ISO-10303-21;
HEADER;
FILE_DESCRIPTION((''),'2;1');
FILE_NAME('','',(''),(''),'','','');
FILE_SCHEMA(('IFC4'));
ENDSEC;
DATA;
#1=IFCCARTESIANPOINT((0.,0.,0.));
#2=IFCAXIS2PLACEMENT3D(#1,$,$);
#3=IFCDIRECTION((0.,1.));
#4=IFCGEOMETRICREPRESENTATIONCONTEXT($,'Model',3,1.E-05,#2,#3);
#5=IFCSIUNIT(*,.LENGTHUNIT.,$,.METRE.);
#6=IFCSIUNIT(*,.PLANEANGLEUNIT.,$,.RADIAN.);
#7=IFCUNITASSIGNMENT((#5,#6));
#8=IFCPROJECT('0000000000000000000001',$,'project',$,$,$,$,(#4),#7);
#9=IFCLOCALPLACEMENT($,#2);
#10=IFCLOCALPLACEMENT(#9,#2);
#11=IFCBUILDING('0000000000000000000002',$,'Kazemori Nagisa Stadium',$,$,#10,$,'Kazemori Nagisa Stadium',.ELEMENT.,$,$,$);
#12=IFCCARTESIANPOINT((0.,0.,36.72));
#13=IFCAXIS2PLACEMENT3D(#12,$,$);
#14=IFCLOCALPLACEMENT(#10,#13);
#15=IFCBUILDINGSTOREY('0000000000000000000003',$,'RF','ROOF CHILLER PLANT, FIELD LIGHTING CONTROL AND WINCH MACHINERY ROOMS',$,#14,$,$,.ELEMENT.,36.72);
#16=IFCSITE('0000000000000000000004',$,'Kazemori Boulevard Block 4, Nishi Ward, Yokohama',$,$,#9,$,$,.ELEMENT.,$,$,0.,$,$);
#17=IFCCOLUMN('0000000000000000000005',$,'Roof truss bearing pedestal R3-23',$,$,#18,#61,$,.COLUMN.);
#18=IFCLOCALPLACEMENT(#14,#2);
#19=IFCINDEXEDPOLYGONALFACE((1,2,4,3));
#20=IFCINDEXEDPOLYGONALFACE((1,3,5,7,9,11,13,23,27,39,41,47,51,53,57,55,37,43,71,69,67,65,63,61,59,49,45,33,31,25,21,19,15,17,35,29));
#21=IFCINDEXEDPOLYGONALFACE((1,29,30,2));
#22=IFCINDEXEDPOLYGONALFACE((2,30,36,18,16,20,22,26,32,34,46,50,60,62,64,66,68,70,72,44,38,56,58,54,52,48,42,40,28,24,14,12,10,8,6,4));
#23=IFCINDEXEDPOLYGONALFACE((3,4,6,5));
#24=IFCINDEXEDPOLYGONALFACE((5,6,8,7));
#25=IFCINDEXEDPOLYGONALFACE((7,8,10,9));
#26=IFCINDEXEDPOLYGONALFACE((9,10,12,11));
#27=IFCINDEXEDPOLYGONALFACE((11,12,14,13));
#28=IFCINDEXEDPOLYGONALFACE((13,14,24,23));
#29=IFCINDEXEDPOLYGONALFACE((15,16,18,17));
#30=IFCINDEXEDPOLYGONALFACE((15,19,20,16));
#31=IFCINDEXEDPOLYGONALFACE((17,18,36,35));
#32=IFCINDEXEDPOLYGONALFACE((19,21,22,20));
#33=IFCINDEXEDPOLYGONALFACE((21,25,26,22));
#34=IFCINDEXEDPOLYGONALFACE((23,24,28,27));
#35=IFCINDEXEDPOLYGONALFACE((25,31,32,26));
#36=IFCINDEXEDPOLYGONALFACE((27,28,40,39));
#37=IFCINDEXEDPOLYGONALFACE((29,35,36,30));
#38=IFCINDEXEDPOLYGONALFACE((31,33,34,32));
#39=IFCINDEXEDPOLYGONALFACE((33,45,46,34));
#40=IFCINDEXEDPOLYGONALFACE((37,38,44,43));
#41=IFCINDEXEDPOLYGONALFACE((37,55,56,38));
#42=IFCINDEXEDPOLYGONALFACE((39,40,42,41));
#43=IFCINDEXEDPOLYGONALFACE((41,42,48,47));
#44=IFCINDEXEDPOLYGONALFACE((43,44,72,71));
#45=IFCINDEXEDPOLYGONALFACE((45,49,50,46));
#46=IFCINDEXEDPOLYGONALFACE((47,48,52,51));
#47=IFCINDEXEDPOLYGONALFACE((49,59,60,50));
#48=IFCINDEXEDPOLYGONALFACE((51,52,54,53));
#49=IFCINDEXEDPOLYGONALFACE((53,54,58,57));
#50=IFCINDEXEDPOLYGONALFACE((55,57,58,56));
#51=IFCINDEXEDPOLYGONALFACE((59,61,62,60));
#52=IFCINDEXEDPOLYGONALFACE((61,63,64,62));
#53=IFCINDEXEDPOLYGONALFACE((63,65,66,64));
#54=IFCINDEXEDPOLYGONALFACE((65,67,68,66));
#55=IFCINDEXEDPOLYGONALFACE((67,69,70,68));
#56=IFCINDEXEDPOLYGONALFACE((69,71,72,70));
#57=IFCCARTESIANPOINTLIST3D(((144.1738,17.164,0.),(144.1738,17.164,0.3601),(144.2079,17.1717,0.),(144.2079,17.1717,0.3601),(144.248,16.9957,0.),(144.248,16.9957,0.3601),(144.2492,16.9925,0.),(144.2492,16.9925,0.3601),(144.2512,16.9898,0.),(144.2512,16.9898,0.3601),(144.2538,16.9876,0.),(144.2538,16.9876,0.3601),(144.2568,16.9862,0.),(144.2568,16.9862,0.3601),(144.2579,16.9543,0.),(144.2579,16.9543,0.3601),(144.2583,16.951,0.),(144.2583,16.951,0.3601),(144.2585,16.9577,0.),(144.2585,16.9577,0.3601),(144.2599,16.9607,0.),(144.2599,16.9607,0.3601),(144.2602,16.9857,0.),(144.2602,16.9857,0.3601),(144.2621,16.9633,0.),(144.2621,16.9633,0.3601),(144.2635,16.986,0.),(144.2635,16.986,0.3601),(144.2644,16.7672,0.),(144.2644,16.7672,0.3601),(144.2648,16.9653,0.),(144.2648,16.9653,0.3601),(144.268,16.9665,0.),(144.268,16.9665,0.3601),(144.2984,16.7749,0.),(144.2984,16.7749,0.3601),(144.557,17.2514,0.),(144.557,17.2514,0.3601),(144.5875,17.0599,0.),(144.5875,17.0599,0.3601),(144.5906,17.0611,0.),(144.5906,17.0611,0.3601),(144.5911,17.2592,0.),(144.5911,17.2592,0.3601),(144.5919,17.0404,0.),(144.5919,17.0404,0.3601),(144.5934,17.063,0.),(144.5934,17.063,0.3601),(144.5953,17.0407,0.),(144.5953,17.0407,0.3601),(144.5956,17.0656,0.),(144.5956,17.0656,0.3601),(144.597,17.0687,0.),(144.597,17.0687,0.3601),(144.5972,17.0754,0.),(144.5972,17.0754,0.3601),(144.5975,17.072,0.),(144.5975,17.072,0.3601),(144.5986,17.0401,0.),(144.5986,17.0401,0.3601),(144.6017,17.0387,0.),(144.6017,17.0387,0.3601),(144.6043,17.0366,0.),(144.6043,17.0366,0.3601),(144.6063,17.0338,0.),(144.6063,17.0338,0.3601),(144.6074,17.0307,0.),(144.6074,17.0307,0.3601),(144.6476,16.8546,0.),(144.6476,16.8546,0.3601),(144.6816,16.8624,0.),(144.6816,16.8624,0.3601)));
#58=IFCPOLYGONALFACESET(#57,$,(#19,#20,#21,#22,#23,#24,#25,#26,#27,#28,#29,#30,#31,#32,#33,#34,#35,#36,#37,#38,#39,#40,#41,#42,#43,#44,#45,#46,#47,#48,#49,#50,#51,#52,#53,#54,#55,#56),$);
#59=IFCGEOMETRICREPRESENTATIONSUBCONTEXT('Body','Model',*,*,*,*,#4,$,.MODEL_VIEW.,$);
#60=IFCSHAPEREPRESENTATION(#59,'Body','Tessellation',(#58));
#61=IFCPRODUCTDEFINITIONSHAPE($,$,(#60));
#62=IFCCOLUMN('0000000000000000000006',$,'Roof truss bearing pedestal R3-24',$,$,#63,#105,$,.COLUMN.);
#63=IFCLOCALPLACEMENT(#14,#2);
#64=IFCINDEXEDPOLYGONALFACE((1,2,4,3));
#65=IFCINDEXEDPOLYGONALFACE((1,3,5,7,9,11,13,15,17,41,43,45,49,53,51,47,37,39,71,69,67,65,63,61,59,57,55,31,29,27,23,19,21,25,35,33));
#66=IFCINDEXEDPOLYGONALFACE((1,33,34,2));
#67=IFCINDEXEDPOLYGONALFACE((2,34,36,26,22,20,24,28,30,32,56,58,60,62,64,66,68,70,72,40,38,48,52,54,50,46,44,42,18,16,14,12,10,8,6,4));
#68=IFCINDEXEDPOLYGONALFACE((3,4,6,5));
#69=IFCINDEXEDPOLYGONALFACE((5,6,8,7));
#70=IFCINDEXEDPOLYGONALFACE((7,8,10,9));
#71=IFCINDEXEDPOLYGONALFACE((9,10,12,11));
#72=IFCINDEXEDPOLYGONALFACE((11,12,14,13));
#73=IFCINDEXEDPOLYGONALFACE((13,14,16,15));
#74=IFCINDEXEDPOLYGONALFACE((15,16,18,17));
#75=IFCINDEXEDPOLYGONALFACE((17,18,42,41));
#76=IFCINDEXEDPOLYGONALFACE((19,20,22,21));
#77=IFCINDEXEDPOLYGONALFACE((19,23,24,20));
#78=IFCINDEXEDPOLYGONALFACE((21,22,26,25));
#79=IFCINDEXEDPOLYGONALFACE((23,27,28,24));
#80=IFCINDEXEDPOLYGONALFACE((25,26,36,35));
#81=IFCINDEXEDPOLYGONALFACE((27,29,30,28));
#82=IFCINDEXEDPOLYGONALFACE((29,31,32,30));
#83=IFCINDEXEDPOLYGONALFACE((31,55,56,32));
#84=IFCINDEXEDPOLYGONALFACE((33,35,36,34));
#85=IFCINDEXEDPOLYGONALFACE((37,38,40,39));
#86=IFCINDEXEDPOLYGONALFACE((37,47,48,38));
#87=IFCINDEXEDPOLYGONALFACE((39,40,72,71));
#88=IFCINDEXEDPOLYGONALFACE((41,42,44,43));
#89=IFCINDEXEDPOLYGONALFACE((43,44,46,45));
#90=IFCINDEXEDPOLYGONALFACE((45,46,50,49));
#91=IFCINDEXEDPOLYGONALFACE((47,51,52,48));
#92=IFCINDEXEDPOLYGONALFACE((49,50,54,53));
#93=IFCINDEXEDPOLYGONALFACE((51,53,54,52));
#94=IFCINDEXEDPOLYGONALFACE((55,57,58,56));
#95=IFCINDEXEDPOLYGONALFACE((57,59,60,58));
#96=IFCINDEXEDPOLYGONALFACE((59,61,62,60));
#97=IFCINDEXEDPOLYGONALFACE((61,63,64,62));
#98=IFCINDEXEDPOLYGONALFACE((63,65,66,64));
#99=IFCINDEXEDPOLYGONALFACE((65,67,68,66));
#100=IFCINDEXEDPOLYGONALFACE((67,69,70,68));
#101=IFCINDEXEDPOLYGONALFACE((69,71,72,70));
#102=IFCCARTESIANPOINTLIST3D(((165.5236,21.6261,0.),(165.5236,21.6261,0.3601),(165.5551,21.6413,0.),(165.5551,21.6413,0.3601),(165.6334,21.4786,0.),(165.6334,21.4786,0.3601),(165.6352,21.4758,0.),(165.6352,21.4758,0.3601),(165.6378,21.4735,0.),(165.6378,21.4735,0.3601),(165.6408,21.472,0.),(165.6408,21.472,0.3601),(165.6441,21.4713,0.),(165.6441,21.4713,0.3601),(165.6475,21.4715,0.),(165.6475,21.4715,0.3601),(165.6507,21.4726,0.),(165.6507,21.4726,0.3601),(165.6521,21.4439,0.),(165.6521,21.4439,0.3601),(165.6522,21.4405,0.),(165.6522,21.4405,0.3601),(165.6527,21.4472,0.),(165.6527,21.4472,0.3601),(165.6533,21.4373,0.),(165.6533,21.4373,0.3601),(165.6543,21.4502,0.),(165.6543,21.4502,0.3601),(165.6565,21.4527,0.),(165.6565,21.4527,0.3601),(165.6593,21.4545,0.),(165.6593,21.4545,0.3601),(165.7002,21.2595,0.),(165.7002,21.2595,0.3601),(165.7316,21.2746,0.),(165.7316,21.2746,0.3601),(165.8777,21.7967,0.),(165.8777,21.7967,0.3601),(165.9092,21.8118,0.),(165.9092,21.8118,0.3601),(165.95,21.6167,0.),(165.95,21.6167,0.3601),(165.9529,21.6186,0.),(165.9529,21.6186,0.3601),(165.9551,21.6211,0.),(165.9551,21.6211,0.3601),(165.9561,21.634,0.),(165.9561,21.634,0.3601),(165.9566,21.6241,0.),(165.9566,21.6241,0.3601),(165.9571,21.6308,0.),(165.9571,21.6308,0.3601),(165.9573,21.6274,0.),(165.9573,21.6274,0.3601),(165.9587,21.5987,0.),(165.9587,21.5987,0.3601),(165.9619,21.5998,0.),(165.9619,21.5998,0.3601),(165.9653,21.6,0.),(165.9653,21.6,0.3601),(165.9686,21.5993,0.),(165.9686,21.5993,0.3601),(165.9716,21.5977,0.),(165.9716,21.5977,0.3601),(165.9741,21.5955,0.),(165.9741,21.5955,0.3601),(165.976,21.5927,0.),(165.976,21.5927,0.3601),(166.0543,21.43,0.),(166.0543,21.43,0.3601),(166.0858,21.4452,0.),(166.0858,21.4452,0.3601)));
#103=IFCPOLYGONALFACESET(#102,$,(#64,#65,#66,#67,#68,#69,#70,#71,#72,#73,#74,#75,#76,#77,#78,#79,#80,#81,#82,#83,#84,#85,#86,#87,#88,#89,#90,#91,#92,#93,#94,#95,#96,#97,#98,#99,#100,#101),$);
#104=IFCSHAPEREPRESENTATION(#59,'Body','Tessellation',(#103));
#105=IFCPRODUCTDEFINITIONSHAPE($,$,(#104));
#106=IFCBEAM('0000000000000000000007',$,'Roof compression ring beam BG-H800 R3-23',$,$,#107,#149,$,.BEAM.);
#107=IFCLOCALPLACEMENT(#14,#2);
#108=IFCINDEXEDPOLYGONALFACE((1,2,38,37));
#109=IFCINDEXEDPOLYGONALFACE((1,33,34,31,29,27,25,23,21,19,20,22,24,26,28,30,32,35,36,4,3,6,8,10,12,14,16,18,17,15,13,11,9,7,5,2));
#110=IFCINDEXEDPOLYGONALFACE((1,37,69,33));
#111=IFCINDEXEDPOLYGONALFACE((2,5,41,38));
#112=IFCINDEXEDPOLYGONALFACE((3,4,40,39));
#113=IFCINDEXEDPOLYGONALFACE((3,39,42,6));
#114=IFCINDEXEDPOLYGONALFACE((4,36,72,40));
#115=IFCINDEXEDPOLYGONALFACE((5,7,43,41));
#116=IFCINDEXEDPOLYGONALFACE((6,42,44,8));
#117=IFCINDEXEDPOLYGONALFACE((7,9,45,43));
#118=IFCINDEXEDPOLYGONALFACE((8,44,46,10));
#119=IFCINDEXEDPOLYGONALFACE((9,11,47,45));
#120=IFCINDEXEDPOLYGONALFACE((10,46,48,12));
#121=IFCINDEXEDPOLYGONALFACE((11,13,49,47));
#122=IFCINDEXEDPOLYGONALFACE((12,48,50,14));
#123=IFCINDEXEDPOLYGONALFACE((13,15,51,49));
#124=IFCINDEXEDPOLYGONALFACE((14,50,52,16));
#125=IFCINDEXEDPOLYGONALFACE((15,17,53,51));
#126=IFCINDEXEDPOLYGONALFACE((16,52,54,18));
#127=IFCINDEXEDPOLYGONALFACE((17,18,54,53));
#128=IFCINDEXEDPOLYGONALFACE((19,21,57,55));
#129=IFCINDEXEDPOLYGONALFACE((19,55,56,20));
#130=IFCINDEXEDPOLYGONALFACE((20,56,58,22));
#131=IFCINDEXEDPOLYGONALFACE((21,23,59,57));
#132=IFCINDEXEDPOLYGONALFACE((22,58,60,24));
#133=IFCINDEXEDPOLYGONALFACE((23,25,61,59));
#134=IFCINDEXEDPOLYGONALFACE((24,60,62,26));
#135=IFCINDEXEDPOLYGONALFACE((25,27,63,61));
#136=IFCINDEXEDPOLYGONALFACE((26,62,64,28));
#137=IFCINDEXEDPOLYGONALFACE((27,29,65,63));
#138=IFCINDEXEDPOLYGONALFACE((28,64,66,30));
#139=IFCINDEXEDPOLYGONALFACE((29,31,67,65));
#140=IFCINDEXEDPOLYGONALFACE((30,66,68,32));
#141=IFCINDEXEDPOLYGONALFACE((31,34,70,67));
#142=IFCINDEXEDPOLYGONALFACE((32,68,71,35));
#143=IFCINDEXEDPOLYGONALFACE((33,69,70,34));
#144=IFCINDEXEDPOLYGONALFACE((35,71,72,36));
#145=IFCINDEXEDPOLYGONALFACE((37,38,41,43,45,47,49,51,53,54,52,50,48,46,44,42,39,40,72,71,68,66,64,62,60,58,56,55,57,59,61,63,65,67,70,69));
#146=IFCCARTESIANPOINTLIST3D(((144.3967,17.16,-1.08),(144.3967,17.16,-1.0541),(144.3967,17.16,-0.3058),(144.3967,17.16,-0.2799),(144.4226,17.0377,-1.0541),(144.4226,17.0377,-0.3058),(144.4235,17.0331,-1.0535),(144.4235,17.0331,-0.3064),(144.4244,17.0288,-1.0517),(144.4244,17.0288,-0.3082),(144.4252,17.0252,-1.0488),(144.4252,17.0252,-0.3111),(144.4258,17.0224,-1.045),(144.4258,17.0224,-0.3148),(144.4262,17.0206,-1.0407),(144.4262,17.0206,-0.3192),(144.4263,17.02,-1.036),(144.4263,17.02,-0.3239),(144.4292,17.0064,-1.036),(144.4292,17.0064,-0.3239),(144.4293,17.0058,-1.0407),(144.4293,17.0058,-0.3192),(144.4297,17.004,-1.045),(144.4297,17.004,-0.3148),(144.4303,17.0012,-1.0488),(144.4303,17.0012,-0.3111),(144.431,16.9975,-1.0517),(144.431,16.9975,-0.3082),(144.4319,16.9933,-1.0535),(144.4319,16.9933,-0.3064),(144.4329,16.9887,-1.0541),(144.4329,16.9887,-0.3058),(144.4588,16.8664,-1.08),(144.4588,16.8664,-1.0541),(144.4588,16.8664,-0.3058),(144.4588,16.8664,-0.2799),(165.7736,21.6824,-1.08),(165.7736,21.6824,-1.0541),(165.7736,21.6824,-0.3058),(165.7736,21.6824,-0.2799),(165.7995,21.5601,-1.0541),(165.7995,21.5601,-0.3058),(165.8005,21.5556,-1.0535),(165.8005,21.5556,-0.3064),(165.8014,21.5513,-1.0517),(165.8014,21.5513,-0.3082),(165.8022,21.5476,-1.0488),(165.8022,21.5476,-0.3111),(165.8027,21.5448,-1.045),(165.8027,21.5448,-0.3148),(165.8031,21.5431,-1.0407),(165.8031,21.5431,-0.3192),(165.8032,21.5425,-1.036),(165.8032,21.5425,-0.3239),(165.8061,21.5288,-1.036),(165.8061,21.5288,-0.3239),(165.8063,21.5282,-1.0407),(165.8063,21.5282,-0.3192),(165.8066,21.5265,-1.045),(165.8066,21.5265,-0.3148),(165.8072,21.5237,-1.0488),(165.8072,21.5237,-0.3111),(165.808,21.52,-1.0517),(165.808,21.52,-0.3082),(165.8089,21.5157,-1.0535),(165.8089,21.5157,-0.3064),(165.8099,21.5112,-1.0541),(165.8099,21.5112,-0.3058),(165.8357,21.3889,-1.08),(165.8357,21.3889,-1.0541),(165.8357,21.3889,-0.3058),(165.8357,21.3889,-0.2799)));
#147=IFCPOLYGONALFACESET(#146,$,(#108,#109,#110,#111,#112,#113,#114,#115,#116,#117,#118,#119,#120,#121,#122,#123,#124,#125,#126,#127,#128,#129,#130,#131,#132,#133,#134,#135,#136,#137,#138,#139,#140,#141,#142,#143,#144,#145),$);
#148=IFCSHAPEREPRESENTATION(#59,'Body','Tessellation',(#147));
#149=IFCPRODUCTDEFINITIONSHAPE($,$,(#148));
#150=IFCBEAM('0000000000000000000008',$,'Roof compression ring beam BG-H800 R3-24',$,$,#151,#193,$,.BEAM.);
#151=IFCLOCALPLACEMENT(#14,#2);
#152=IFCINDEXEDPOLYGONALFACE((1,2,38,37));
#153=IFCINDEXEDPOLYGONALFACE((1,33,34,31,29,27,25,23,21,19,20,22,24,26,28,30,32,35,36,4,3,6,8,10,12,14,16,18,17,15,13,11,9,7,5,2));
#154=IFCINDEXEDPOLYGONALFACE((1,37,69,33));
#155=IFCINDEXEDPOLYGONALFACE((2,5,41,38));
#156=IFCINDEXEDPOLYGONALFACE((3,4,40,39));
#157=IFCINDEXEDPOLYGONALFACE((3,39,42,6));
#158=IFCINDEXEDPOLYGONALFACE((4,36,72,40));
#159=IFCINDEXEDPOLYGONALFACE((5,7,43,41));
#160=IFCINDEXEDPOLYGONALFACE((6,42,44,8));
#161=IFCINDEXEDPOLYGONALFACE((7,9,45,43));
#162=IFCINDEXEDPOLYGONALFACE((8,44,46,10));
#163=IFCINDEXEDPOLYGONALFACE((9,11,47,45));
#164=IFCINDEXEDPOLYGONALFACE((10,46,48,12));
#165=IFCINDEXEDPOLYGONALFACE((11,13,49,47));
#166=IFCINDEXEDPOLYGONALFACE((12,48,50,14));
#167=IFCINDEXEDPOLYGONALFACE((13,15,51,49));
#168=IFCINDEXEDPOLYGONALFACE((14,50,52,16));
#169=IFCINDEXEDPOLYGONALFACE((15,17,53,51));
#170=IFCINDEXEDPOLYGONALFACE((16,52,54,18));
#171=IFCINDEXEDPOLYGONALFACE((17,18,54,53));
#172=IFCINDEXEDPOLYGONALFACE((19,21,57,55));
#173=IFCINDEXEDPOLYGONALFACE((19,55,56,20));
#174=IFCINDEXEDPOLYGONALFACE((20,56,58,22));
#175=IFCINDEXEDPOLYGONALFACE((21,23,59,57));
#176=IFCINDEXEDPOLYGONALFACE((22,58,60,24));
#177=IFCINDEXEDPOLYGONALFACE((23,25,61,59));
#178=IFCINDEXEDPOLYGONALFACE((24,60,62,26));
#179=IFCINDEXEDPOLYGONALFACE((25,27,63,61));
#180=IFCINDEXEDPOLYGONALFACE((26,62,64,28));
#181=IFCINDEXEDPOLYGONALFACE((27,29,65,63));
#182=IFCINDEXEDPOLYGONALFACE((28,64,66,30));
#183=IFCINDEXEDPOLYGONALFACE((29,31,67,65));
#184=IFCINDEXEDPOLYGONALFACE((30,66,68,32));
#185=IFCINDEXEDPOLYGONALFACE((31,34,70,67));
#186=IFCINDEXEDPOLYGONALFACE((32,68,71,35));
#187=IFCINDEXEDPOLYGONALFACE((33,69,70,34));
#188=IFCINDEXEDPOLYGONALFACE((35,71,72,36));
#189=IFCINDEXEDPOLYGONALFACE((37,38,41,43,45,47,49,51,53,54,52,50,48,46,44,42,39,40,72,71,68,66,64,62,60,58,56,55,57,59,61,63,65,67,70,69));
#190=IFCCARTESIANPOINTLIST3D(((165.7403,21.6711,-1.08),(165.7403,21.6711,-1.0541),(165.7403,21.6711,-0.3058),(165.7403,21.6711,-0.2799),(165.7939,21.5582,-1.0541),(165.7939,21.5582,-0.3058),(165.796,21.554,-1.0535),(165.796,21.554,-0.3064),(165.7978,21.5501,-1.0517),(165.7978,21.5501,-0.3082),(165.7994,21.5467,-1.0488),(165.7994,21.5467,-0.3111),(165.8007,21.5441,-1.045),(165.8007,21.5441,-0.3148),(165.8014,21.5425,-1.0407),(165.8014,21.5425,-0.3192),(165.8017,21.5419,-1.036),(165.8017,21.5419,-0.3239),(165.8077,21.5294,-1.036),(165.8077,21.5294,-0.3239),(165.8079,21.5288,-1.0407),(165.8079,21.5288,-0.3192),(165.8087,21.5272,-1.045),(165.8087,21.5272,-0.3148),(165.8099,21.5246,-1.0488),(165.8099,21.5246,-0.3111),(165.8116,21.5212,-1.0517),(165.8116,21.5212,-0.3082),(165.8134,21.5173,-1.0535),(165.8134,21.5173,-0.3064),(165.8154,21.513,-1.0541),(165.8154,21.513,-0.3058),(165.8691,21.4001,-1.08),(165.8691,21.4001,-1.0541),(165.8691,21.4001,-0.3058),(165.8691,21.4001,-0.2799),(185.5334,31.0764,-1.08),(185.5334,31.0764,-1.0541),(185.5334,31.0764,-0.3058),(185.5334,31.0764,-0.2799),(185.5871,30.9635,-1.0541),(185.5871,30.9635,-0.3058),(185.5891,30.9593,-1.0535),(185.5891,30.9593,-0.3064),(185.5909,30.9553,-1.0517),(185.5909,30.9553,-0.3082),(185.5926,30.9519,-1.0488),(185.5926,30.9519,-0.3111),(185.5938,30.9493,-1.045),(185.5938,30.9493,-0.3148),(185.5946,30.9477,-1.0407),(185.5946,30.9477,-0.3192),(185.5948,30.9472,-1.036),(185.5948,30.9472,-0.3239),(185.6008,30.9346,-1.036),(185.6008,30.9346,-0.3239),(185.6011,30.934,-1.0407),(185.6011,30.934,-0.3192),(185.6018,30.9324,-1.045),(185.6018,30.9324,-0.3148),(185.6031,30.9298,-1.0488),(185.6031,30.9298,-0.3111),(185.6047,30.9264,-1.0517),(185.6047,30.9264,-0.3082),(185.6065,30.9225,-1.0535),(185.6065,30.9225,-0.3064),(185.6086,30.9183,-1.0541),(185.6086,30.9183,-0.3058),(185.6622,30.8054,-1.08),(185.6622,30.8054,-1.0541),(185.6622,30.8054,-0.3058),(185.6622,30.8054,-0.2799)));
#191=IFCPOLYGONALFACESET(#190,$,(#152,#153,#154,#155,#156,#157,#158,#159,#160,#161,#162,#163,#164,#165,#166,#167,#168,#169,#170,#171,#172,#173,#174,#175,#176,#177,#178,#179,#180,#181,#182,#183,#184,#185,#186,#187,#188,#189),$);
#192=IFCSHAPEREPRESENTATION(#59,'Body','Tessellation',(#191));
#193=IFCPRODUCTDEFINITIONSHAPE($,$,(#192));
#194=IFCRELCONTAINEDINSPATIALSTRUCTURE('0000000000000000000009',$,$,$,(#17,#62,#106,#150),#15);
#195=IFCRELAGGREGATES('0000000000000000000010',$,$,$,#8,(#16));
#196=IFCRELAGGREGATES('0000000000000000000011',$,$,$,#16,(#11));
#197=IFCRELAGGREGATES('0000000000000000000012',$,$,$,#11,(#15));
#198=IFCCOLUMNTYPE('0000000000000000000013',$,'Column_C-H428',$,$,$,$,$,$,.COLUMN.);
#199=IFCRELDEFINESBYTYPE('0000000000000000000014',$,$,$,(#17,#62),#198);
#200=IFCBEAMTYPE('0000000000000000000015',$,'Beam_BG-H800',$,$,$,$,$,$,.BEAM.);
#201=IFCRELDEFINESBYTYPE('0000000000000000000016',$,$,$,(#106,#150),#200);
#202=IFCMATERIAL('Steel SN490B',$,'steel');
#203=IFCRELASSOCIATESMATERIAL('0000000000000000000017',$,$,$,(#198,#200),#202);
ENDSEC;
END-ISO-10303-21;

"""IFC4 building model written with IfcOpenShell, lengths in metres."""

from ifc_helpers import new_model, si_unit, direction, frame, origin, origin_2d, place, context, subcontext, project, spatial, i_section, extrude, material, material_profile, profile_set, type_object, element, save


model = new_model("IFC4")

# Units and contexts
model_context = context("Model", 3, precision=1e-05, world=origin(), true_north=direction((0.0, 1.0)))
body_context = subcontext(model_context, "Body", "Model", "MODEL_VIEW")
ifc_project = project(units=[si_unit("LENGTHUNIT", "METRE"), si_unit("PLANEANGLEUNIT", "RADIAN")], contexts=[model_context])

# Site, building, storey
site_placement = place(None, origin())
site = spatial("IfcSite", under=ifc_project, at=site_placement, Name="Kazemori Boulevard Block 4, Nishi Ward, Yokohama", CompositionType="ELEMENT", RefElevation=0.0)
building_placement = place(site_placement, origin())
building = spatial("IfcBuilding", under=site, at=building_placement, Name="Kazemori Nagisa Stadium", LongName="Kazemori Nagisa Stadium", CompositionType="ELEMENT")
storey_placement = place(building_placement, frame((0.0, 0.0, 36.72)))
storey = spatial("IfcBuildingStorey", under=building, at=storey_placement, Name="RF", Description="ROOF CHILLER PLANT, FIELD LIGHTING CONTROL AND WINCH MACHINERY ROOMS", CompositionType="ELEMENT", Elevation=36.72)

# Columns
ifc_material_1 = material(Name="Steel SN490B", Category="steel")
ifc_material_profile_1 = material_profile(ifc_material_1, i_section(OverallWidth=0.407, OverallDepth=0.428, WebThickness=0.02, FlangeThickness=0.0349, FilletRadius=0.0129, at=origin_2d()), Name="H-428x407x20x35")
ifc_profile_set_1 = profile_set([ifc_material_profile_1], Name="Steel SN490B")
column_type = type_object("IfcColumnType", Name="Column_C-H428", PredefinedType="COLUMN", material=ifc_profile_set_1)
for number, where, z_axis, x_axis, name in (
    (1, (144.4277, 17.0132, 0.0), (0.0, 0.0, 1.0), (0.222521, -0.974928, 0.0), "Roof truss bearing pedestal R3-23"),
    (2, (165.8047, 21.5356, 0.0), (0.0, 0.0, 1.0), (0.433884, -0.900969, 0.0), "Roof truss bearing pedestal R3-24"),
):
    element("IfcColumn", number, at=place(storey_placement, frame(where, z_axis=z_axis, x_axis=x_axis)), inside=storey, type_object=column_type, Name=name, PredefinedType="COLUMN", context=body_context, shape_type="SweptSolid", body=[
        extrude(i_section(OverallWidth=0.407, OverallDepth=0.428, WebThickness=0.02, FlangeThickness=0.0349, FilletRadius=0.0129, at=origin_2d()), origin(), (0.0, 0.0, 1.0), 0.3601),
    ])

# Beams
ifc_material_profile_2 = material_profile(ifc_material_1, i_section(OverallWidth=0.3, OverallDepth=0.8, WebThickness=0.0139, FlangeThickness=0.0259, FilletRadius=0.0181, at=origin_2d()), Name="H-800x300x14x26")
ifc_profile_set_2 = profile_set([ifc_material_profile_2], Name="Steel SN490B")
beam_type_1 = type_object("IfcBeamType", Name="Beam_BG-H800", PredefinedType="BEAM", material=ifc_profile_set_2)
beam_1_placement = place(storey_placement, frame((144.4277, 17.0132, -0.6799), z_axis=(0.978346, 0.206977, 0.0), x_axis=(-0.206977, 0.978346, 0.0)))
element("IfcBeam", 3, at=beam_1_placement, inside=storey, type_object=beam_type_1, Name="Roof compression ring beam BG-H800 R3-23", PredefinedType="BEAM", context=body_context, shape_type="SweptSolid", body=[
    extrude(i_section(OverallWidth=0.3, OverallDepth=0.8, WebThickness=0.0139, FlangeThickness=0.0259, FilletRadius=0.0181, at=origin_2d()), origin(), (0.0, 0.0, 1.0), 21.8501),
])
beam_2_placement = place(storey_placement, frame((165.8047, 21.5356, -0.6799), z_axis=(0.903216, 0.429187, 0.0), x_axis=(-0.429187, 0.903216, 0.0)))
element("IfcBeam", 4, at=beam_2_placement, inside=storey, type_object=beam_type_1, Name="Roof compression ring beam BG-H800 R3-24", PredefinedType="BEAM", context=body_context, shape_type="SweptSolid", body=[
    extrude(i_section(OverallWidth=0.3, OverallDepth=0.8, WebThickness=0.0139, FlangeThickness=0.0259, FilletRadius=0.0181, at=origin_2d()), origin(), (0.0, 0.0, 1.0), 21.9141),
])

save(model, "model.ifc")
